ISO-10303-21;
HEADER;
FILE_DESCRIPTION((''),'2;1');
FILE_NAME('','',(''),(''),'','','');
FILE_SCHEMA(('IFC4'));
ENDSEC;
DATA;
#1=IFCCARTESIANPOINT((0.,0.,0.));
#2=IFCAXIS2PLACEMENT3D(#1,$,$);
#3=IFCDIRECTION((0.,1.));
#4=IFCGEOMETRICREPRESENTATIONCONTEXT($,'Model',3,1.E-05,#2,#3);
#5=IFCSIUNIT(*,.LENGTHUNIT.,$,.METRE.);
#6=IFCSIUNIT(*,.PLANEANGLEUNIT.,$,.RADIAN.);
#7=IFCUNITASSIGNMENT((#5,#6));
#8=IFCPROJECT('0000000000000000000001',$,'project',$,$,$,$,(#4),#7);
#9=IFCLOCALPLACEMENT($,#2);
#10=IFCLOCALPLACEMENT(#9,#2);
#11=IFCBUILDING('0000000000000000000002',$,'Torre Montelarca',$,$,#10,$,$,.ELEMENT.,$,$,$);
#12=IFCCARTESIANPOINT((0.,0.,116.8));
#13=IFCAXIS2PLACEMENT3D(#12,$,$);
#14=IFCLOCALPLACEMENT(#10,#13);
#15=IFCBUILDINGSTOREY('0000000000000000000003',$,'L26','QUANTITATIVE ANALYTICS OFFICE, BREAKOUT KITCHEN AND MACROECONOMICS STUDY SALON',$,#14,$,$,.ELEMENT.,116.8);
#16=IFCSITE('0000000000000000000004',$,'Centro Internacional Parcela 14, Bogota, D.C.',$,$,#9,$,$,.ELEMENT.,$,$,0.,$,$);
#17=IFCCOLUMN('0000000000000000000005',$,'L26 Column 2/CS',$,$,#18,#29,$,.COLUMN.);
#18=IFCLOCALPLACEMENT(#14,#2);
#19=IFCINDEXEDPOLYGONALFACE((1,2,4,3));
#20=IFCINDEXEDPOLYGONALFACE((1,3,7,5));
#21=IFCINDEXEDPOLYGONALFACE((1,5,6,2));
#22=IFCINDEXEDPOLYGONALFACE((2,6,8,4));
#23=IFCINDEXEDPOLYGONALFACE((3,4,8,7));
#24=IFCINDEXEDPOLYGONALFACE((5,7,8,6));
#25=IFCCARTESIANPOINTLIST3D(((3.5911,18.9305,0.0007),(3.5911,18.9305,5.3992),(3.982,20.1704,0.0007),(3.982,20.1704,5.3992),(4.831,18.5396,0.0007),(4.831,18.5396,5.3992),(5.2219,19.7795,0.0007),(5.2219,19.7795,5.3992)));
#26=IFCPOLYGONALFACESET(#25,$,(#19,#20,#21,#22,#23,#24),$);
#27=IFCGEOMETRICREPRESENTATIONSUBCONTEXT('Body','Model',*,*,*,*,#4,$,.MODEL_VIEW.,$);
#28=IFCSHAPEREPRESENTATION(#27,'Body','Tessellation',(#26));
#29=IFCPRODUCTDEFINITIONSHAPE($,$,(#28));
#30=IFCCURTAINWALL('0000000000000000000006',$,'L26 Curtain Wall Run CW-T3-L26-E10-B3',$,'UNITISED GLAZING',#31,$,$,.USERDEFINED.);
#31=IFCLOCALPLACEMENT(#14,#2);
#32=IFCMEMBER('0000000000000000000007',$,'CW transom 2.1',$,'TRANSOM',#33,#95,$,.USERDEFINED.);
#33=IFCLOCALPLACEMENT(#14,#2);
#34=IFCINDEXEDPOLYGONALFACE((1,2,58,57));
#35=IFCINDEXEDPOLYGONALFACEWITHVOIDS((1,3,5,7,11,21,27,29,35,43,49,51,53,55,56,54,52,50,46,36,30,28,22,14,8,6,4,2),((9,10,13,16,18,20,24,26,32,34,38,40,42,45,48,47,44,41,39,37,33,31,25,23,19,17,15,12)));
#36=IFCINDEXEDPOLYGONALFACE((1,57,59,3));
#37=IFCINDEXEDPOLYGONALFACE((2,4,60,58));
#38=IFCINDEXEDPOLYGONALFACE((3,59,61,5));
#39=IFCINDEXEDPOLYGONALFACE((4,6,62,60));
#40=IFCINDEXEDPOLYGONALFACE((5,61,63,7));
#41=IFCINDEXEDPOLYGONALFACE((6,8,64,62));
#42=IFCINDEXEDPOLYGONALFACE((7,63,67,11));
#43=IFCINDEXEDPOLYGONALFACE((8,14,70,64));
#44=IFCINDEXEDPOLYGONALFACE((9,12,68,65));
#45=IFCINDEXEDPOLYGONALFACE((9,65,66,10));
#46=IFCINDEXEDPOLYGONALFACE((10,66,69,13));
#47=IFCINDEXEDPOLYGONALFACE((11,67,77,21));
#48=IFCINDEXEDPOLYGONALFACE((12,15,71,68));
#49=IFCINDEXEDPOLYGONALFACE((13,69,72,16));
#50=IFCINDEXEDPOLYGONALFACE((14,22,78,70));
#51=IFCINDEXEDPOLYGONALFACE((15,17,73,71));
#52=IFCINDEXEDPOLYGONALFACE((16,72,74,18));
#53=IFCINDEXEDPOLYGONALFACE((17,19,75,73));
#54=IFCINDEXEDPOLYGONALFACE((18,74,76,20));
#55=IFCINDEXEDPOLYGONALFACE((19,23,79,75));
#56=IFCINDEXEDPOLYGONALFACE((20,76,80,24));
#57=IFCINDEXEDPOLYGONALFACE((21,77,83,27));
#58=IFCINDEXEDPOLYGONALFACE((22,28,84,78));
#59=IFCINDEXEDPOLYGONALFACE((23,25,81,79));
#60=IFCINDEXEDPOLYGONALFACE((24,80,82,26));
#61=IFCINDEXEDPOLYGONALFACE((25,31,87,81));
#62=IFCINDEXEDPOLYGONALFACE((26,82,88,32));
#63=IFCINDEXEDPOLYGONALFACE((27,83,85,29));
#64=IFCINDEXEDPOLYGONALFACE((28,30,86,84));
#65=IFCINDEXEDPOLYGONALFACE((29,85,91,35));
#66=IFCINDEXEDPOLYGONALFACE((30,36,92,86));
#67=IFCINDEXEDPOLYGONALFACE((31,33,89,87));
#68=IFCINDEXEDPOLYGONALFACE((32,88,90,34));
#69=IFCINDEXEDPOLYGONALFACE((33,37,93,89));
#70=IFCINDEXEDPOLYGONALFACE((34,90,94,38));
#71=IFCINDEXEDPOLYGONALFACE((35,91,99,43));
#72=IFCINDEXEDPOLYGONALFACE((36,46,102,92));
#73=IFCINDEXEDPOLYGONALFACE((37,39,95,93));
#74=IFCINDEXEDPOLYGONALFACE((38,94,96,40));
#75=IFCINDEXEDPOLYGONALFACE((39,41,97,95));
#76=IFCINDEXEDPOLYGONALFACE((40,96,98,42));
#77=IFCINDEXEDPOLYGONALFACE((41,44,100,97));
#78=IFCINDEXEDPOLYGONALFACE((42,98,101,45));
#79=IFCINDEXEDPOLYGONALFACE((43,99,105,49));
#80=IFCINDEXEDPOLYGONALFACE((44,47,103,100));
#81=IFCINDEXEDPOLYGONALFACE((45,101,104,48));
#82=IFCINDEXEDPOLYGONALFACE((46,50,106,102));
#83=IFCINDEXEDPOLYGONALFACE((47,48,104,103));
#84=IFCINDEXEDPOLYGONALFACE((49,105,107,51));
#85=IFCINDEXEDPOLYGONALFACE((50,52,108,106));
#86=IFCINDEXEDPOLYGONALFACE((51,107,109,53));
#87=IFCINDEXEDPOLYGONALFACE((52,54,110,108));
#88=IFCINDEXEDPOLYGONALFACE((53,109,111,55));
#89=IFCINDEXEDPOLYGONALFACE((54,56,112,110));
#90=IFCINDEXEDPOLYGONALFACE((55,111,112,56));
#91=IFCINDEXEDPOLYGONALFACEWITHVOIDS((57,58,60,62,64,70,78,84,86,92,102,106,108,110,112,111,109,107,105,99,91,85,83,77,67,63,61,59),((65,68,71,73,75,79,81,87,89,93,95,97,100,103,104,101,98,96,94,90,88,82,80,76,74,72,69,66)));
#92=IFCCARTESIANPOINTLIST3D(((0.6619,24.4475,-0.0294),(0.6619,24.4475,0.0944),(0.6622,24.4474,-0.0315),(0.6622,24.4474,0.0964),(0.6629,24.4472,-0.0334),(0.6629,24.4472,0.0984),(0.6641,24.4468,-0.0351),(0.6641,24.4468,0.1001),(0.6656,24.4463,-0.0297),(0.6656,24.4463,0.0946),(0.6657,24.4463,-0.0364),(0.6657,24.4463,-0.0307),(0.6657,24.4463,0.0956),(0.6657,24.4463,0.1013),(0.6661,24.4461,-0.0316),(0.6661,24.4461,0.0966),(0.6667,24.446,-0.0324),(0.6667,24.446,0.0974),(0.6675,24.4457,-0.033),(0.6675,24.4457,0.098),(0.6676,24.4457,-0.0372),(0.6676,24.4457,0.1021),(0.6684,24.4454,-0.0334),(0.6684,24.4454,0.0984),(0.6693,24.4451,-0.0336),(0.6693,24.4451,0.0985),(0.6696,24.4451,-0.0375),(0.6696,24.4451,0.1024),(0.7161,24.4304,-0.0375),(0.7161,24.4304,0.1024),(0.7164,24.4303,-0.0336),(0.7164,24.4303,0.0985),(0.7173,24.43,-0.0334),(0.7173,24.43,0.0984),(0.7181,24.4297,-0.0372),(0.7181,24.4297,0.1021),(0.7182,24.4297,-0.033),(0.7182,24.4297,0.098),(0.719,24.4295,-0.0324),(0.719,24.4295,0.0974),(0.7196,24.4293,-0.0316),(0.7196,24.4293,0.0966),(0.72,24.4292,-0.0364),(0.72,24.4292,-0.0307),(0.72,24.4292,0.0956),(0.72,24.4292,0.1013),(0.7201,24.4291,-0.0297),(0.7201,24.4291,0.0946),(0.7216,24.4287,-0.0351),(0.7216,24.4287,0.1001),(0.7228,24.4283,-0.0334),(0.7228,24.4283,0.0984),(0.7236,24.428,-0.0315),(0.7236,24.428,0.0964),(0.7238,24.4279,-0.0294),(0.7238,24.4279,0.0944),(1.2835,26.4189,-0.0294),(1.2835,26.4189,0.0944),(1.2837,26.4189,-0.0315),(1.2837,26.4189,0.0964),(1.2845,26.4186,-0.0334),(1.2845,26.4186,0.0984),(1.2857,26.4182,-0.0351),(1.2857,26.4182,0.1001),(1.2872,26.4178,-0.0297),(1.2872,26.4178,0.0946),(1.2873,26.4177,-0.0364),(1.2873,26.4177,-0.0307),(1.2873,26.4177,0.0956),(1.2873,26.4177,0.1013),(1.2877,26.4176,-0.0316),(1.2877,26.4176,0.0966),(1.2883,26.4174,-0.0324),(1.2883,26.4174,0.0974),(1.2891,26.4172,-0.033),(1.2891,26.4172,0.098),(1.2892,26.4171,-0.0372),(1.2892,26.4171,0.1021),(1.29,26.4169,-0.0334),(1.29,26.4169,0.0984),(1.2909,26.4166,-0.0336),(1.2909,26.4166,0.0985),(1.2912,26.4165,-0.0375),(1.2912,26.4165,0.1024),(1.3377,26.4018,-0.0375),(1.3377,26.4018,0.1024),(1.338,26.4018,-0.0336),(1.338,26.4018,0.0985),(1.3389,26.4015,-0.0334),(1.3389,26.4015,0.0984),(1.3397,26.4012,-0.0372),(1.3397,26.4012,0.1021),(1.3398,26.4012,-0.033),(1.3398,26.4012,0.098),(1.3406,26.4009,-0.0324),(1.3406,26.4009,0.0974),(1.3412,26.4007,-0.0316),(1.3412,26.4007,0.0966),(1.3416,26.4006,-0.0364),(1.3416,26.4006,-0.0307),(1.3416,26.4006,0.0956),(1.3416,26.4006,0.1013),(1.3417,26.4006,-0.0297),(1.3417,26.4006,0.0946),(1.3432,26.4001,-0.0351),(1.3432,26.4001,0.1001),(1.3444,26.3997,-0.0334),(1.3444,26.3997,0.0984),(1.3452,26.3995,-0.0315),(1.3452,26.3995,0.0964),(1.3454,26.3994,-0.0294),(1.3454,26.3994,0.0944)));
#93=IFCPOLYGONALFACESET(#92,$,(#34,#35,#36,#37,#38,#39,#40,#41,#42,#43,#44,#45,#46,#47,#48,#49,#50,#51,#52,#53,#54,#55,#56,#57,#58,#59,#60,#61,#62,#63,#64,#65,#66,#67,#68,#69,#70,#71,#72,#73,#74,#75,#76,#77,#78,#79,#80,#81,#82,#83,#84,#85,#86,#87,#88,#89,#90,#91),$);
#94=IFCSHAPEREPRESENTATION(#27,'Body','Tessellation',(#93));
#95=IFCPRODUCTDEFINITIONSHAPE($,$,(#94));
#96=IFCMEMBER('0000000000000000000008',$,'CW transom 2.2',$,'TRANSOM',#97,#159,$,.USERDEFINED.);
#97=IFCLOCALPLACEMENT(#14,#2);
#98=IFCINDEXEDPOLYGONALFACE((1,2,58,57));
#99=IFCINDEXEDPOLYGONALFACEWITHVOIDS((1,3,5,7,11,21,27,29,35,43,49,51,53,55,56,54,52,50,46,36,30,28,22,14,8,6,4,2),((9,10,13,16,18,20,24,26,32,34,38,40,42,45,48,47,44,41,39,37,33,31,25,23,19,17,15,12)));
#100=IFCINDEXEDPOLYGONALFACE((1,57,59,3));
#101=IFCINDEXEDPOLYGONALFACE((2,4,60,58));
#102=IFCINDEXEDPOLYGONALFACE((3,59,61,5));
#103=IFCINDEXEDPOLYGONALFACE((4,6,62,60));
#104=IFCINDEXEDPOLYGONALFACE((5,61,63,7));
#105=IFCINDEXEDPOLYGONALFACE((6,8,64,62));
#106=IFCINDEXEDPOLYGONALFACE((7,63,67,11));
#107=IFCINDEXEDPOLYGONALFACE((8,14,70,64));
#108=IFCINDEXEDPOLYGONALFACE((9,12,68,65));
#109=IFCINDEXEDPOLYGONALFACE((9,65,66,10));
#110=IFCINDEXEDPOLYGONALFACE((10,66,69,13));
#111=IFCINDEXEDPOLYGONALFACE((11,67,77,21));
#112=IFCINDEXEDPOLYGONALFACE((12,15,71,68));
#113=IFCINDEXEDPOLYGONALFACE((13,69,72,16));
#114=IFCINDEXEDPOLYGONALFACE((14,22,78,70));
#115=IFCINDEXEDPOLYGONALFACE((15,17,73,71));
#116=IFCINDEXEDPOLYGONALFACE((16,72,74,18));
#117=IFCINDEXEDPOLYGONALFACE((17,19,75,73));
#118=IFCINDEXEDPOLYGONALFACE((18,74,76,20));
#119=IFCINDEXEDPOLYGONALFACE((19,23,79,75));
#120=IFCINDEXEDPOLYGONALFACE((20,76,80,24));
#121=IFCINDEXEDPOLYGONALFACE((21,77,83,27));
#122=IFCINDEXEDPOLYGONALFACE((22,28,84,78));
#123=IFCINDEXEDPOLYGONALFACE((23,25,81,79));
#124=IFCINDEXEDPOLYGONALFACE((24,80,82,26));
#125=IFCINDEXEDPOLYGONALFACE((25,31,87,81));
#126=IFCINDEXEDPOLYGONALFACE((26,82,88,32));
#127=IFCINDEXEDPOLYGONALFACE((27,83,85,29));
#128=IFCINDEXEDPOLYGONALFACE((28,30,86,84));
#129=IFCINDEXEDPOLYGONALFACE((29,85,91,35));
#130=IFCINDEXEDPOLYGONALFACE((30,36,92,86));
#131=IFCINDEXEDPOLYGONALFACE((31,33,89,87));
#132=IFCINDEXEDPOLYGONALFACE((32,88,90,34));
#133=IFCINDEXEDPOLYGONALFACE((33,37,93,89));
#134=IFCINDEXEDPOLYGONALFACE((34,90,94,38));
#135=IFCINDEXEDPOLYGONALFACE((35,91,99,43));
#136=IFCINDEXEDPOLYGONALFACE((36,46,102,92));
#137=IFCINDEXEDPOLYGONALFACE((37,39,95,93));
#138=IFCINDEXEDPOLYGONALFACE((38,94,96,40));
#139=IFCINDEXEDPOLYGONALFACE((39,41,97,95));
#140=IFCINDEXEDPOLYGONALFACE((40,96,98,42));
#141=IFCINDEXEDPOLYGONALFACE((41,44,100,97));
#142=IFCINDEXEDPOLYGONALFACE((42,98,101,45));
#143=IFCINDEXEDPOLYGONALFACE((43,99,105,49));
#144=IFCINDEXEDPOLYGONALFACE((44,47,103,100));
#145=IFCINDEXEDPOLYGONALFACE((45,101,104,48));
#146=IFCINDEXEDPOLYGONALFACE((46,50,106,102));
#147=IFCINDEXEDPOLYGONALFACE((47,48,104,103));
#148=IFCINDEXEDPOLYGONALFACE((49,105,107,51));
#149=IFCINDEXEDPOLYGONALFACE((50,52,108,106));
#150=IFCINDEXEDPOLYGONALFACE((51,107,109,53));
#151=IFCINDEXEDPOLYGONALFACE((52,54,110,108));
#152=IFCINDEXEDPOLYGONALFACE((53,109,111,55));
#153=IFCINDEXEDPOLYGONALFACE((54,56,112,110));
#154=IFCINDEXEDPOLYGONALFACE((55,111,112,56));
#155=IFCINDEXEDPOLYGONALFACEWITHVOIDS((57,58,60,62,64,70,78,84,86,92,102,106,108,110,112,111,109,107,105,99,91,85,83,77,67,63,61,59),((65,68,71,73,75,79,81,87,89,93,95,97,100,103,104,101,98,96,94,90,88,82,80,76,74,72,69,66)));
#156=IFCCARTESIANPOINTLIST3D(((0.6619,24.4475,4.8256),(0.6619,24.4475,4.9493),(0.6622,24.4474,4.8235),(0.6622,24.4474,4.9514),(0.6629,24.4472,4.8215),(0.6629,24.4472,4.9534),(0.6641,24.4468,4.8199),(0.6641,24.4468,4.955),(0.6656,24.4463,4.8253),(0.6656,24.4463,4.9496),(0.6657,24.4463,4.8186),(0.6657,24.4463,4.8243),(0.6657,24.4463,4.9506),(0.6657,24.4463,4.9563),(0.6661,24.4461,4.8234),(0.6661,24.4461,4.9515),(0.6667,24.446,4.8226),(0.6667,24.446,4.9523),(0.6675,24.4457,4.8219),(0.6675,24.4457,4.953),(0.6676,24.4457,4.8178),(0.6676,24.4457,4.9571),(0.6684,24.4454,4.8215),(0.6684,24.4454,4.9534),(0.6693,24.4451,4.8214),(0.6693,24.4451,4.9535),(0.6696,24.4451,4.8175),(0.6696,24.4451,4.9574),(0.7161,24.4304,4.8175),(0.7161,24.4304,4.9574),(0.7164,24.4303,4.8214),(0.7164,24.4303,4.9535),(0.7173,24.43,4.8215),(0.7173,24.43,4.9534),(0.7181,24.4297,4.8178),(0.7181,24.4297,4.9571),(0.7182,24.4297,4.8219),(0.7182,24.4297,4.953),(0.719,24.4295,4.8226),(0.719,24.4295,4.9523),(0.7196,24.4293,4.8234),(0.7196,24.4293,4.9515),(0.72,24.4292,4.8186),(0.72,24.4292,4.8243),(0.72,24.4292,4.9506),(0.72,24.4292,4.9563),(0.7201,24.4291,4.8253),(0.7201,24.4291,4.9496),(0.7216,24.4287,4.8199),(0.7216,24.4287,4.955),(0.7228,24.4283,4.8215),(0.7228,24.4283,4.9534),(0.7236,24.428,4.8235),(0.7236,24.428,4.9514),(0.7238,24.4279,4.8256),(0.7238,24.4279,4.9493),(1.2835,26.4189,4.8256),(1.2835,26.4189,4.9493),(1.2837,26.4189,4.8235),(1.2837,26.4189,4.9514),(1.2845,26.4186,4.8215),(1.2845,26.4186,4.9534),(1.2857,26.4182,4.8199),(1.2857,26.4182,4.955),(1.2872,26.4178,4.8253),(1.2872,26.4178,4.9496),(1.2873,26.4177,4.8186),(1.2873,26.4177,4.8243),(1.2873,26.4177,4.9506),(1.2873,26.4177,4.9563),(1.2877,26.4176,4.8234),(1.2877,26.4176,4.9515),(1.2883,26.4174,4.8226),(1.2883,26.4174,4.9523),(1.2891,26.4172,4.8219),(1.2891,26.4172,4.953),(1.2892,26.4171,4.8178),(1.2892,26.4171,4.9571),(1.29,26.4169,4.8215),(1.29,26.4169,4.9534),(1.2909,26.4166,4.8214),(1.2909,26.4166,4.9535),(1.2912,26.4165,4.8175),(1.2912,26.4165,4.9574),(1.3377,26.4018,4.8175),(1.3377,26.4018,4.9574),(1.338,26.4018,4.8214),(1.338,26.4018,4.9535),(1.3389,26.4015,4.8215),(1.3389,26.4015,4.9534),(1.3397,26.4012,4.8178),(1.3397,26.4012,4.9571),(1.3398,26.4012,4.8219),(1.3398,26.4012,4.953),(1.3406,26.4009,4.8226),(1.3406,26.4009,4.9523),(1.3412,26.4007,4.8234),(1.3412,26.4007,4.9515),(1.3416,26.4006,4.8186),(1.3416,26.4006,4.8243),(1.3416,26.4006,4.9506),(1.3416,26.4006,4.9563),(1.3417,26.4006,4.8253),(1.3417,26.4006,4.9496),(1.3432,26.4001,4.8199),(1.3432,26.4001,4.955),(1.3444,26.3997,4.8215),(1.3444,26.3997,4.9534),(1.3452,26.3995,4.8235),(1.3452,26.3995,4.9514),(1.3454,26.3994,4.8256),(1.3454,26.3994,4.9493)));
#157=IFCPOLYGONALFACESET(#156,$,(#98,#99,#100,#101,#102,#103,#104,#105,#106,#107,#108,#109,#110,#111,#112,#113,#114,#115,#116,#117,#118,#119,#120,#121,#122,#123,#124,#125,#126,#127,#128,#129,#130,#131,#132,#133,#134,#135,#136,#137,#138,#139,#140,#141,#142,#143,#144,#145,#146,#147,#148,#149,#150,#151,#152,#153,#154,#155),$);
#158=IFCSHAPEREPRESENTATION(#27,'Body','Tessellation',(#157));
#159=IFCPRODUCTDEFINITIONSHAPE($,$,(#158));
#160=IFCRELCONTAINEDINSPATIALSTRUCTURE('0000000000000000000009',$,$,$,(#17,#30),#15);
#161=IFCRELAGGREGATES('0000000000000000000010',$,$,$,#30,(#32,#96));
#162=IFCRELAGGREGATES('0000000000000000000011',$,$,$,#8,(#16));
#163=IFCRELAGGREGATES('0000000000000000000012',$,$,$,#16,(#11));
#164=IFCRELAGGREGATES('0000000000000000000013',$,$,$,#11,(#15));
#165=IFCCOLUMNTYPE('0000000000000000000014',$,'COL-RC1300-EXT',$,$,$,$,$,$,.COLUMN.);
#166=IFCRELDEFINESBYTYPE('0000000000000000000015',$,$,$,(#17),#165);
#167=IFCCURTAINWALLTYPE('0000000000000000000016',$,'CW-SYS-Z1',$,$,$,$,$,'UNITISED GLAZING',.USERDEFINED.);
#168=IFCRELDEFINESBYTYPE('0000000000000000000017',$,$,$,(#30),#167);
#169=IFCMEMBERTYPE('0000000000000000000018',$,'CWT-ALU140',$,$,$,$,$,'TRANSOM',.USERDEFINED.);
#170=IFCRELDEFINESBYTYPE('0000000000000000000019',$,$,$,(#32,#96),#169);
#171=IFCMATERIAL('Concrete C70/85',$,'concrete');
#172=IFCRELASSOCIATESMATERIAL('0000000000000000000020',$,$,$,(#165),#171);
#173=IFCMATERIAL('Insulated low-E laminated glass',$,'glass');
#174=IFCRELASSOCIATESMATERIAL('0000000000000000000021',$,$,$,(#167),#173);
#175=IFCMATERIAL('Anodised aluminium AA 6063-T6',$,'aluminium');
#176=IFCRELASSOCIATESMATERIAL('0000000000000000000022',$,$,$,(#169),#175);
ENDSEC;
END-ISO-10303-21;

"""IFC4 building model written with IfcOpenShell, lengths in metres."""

from ifc_helpers import new_model, si_unit, direction, frame, origin, origin_2d, place, context, subcontext, project, spatial, rectangle, hollow_rectangle, extrude, source, transform, mapped, material, material_profile, profile_set, type_object, element, aggregate, save


model = new_model("IFC4")

# Units and contexts
model_context = context("Model", 3, precision=1e-05, world=origin(), true_north=direction((0.0, 1.0)))
body_context = subcontext(model_context, "Body", "Model", "MODEL_VIEW")
ifc_project = project(units=[si_unit("LENGTHUNIT", "METRE"), si_unit("PLANEANGLEUNIT", "RADIAN")], contexts=[model_context])

# Site, building, storey
site_placement = place(None, origin())
site = spatial("IfcSite", under=ifc_project, at=site_placement, Name="Centro Internacional Parcela 14, Bogota, D.C.", CompositionType="ELEMENT", RefElevation=0.0)
building_placement = place(site_placement, origin())
building = spatial("IfcBuilding", under=site, at=building_placement, Name="Torre Montelarca", CompositionType="ELEMENT")
storey_placement = place(building_placement, frame((0.0, 0.0, 116.8)))
storey = spatial("IfcBuildingStorey", under=building, at=storey_placement, Name="L26", Description="QUANTITATIVE ANALYTICS OFFICE, BREAKOUT KITCHEN AND MACROECONOMICS STUDY SALON", CompositionType="ELEMENT", Elevation=116.8)

# Column
ifc_material_1 = material(Name="Concrete C70/85", Category="concrete")
ifc_material_profile_1 = material_profile(ifc_material_1, rectangle(XDim=1.3, YDim=1.3, at=origin_2d()), Name="RC1300X1300", Category="concrete")
ifc_profile_set_1 = profile_set([ifc_material_profile_1], Name="Concrete C70/85")
column_type = type_object("IfcColumnType", Name="COL-RC1300-EXT", PredefinedType="COLUMN", material=ifc_profile_set_1)
shared_shape_1 = source(origin(), body_context, "Body", "SweptSolid", [
    extrude(rectangle(XDim=1.3, YDim=1.3, at=origin_2d()), origin(), (0.0, 0.0, 1.0), 5.3984),
])
column_placement = place(storey_placement, frame((4.4065, 19.355, 0.0007), z_axis=(0.0, 0.0, 1.0), x_axis=(-0.953717, 0.300706, 0.0)))
element("IfcColumn", 1, at=column_placement, inside=storey, type_object=column_type, Name="L26 Column 2/CS", PredefinedType="COLUMN", context=body_context, shape_type="MappedRepresentation", body=[
    mapped(shared_shape_1, transform((0.0, 0.0, 0.0), scale=1.0)),
])

# Curtain wall, members
ifc_material_2 = material(Name="Insulated low-E laminated glass", Category="glass")
curtain_wall_type = type_object("IfcCurtainWallType", Name="CW-SYS-Z1", ElementType="UNITISED GLAZING", PredefinedType="USERDEFINED", material=ifc_material_2)
curtain_wall_1_placement = place(storey_placement, origin())
curtain_wall_1 = element("IfcCurtainWall", 2, at=curtain_wall_1_placement, inside=storey, type_object=curtain_wall_type, Name="L26 Curtain Wall Run CW-T3-L26-E10-B3", ObjectType="UNITISED GLAZING", PredefinedType="USERDEFINED")
ifc_material_3 = material(Name="Anodised aluminium AA 6063-T6", Category="aluminium")
ifc_material_profile_2 = material_profile(ifc_material_3, hollow_rectangle(XDim=0.0649, YDim=0.1399, WallThickness=0.0039, InnerFilletRadius=0.0039, OuterFilletRadius=0.0081, at=origin_2d()), Name="ALU65X140X4", Category="aluminium")
ifc_profile_set_2 = profile_set([ifc_material_profile_2], Name="Anodised aluminium AA 6063-T6")
member_type_1 = type_object("IfcMemberType", Name="CWT-ALU140", ElementType="TRANSOM", PredefinedType="USERDEFINED", material=ifc_profile_set_2)
shared_shape_2 = source(origin(), body_context, "Body", "SweptSolid", [
    extrude(hollow_rectangle(XDim=0.0649, YDim=0.1399, WallThickness=0.0039, InnerFilletRadius=0.0039, OuterFilletRadius=0.0081, at=origin_2d()), origin(), (0.0, 0.0, 1.0), 2.0671),
])
member_1_placement = place(storey_placement, frame((1.3145, 26.4092, 0.0325), z_axis=(-0.300702, -0.953718, 0.0), x_axis=(0.953718, -0.300702, 0.0)))
member_1 = element("IfcMember", 3, at=member_1_placement, type_object=member_type_1, Name="CW transom 2.1", ObjectType="TRANSOM", PredefinedType="USERDEFINED", context=body_context, shape_type="MappedRepresentation", body=[
    mapped(shared_shape_2, transform((0.0, 0.0, 0.0), scale=1.0)),
])
member_2_placement = place(storey_placement, frame((1.3145, 26.4092, 4.8875), z_axis=(-0.300702, -0.953718, 0.0), x_axis=(0.953718, -0.300702, 0.0)))
member_2 = element("IfcMember", 4, at=member_2_placement, type_object=member_type_1, Name="CW transom 2.2", ObjectType="TRANSOM", PredefinedType="USERDEFINED", context=body_context, shape_type="MappedRepresentation", body=[
    mapped(shared_shape_2, transform((0.0, 0.0, 0.0), scale=1.0)),
])

aggregate(curtain_wall_1, [member_1, member_2])

save(model, "model.ifc")
